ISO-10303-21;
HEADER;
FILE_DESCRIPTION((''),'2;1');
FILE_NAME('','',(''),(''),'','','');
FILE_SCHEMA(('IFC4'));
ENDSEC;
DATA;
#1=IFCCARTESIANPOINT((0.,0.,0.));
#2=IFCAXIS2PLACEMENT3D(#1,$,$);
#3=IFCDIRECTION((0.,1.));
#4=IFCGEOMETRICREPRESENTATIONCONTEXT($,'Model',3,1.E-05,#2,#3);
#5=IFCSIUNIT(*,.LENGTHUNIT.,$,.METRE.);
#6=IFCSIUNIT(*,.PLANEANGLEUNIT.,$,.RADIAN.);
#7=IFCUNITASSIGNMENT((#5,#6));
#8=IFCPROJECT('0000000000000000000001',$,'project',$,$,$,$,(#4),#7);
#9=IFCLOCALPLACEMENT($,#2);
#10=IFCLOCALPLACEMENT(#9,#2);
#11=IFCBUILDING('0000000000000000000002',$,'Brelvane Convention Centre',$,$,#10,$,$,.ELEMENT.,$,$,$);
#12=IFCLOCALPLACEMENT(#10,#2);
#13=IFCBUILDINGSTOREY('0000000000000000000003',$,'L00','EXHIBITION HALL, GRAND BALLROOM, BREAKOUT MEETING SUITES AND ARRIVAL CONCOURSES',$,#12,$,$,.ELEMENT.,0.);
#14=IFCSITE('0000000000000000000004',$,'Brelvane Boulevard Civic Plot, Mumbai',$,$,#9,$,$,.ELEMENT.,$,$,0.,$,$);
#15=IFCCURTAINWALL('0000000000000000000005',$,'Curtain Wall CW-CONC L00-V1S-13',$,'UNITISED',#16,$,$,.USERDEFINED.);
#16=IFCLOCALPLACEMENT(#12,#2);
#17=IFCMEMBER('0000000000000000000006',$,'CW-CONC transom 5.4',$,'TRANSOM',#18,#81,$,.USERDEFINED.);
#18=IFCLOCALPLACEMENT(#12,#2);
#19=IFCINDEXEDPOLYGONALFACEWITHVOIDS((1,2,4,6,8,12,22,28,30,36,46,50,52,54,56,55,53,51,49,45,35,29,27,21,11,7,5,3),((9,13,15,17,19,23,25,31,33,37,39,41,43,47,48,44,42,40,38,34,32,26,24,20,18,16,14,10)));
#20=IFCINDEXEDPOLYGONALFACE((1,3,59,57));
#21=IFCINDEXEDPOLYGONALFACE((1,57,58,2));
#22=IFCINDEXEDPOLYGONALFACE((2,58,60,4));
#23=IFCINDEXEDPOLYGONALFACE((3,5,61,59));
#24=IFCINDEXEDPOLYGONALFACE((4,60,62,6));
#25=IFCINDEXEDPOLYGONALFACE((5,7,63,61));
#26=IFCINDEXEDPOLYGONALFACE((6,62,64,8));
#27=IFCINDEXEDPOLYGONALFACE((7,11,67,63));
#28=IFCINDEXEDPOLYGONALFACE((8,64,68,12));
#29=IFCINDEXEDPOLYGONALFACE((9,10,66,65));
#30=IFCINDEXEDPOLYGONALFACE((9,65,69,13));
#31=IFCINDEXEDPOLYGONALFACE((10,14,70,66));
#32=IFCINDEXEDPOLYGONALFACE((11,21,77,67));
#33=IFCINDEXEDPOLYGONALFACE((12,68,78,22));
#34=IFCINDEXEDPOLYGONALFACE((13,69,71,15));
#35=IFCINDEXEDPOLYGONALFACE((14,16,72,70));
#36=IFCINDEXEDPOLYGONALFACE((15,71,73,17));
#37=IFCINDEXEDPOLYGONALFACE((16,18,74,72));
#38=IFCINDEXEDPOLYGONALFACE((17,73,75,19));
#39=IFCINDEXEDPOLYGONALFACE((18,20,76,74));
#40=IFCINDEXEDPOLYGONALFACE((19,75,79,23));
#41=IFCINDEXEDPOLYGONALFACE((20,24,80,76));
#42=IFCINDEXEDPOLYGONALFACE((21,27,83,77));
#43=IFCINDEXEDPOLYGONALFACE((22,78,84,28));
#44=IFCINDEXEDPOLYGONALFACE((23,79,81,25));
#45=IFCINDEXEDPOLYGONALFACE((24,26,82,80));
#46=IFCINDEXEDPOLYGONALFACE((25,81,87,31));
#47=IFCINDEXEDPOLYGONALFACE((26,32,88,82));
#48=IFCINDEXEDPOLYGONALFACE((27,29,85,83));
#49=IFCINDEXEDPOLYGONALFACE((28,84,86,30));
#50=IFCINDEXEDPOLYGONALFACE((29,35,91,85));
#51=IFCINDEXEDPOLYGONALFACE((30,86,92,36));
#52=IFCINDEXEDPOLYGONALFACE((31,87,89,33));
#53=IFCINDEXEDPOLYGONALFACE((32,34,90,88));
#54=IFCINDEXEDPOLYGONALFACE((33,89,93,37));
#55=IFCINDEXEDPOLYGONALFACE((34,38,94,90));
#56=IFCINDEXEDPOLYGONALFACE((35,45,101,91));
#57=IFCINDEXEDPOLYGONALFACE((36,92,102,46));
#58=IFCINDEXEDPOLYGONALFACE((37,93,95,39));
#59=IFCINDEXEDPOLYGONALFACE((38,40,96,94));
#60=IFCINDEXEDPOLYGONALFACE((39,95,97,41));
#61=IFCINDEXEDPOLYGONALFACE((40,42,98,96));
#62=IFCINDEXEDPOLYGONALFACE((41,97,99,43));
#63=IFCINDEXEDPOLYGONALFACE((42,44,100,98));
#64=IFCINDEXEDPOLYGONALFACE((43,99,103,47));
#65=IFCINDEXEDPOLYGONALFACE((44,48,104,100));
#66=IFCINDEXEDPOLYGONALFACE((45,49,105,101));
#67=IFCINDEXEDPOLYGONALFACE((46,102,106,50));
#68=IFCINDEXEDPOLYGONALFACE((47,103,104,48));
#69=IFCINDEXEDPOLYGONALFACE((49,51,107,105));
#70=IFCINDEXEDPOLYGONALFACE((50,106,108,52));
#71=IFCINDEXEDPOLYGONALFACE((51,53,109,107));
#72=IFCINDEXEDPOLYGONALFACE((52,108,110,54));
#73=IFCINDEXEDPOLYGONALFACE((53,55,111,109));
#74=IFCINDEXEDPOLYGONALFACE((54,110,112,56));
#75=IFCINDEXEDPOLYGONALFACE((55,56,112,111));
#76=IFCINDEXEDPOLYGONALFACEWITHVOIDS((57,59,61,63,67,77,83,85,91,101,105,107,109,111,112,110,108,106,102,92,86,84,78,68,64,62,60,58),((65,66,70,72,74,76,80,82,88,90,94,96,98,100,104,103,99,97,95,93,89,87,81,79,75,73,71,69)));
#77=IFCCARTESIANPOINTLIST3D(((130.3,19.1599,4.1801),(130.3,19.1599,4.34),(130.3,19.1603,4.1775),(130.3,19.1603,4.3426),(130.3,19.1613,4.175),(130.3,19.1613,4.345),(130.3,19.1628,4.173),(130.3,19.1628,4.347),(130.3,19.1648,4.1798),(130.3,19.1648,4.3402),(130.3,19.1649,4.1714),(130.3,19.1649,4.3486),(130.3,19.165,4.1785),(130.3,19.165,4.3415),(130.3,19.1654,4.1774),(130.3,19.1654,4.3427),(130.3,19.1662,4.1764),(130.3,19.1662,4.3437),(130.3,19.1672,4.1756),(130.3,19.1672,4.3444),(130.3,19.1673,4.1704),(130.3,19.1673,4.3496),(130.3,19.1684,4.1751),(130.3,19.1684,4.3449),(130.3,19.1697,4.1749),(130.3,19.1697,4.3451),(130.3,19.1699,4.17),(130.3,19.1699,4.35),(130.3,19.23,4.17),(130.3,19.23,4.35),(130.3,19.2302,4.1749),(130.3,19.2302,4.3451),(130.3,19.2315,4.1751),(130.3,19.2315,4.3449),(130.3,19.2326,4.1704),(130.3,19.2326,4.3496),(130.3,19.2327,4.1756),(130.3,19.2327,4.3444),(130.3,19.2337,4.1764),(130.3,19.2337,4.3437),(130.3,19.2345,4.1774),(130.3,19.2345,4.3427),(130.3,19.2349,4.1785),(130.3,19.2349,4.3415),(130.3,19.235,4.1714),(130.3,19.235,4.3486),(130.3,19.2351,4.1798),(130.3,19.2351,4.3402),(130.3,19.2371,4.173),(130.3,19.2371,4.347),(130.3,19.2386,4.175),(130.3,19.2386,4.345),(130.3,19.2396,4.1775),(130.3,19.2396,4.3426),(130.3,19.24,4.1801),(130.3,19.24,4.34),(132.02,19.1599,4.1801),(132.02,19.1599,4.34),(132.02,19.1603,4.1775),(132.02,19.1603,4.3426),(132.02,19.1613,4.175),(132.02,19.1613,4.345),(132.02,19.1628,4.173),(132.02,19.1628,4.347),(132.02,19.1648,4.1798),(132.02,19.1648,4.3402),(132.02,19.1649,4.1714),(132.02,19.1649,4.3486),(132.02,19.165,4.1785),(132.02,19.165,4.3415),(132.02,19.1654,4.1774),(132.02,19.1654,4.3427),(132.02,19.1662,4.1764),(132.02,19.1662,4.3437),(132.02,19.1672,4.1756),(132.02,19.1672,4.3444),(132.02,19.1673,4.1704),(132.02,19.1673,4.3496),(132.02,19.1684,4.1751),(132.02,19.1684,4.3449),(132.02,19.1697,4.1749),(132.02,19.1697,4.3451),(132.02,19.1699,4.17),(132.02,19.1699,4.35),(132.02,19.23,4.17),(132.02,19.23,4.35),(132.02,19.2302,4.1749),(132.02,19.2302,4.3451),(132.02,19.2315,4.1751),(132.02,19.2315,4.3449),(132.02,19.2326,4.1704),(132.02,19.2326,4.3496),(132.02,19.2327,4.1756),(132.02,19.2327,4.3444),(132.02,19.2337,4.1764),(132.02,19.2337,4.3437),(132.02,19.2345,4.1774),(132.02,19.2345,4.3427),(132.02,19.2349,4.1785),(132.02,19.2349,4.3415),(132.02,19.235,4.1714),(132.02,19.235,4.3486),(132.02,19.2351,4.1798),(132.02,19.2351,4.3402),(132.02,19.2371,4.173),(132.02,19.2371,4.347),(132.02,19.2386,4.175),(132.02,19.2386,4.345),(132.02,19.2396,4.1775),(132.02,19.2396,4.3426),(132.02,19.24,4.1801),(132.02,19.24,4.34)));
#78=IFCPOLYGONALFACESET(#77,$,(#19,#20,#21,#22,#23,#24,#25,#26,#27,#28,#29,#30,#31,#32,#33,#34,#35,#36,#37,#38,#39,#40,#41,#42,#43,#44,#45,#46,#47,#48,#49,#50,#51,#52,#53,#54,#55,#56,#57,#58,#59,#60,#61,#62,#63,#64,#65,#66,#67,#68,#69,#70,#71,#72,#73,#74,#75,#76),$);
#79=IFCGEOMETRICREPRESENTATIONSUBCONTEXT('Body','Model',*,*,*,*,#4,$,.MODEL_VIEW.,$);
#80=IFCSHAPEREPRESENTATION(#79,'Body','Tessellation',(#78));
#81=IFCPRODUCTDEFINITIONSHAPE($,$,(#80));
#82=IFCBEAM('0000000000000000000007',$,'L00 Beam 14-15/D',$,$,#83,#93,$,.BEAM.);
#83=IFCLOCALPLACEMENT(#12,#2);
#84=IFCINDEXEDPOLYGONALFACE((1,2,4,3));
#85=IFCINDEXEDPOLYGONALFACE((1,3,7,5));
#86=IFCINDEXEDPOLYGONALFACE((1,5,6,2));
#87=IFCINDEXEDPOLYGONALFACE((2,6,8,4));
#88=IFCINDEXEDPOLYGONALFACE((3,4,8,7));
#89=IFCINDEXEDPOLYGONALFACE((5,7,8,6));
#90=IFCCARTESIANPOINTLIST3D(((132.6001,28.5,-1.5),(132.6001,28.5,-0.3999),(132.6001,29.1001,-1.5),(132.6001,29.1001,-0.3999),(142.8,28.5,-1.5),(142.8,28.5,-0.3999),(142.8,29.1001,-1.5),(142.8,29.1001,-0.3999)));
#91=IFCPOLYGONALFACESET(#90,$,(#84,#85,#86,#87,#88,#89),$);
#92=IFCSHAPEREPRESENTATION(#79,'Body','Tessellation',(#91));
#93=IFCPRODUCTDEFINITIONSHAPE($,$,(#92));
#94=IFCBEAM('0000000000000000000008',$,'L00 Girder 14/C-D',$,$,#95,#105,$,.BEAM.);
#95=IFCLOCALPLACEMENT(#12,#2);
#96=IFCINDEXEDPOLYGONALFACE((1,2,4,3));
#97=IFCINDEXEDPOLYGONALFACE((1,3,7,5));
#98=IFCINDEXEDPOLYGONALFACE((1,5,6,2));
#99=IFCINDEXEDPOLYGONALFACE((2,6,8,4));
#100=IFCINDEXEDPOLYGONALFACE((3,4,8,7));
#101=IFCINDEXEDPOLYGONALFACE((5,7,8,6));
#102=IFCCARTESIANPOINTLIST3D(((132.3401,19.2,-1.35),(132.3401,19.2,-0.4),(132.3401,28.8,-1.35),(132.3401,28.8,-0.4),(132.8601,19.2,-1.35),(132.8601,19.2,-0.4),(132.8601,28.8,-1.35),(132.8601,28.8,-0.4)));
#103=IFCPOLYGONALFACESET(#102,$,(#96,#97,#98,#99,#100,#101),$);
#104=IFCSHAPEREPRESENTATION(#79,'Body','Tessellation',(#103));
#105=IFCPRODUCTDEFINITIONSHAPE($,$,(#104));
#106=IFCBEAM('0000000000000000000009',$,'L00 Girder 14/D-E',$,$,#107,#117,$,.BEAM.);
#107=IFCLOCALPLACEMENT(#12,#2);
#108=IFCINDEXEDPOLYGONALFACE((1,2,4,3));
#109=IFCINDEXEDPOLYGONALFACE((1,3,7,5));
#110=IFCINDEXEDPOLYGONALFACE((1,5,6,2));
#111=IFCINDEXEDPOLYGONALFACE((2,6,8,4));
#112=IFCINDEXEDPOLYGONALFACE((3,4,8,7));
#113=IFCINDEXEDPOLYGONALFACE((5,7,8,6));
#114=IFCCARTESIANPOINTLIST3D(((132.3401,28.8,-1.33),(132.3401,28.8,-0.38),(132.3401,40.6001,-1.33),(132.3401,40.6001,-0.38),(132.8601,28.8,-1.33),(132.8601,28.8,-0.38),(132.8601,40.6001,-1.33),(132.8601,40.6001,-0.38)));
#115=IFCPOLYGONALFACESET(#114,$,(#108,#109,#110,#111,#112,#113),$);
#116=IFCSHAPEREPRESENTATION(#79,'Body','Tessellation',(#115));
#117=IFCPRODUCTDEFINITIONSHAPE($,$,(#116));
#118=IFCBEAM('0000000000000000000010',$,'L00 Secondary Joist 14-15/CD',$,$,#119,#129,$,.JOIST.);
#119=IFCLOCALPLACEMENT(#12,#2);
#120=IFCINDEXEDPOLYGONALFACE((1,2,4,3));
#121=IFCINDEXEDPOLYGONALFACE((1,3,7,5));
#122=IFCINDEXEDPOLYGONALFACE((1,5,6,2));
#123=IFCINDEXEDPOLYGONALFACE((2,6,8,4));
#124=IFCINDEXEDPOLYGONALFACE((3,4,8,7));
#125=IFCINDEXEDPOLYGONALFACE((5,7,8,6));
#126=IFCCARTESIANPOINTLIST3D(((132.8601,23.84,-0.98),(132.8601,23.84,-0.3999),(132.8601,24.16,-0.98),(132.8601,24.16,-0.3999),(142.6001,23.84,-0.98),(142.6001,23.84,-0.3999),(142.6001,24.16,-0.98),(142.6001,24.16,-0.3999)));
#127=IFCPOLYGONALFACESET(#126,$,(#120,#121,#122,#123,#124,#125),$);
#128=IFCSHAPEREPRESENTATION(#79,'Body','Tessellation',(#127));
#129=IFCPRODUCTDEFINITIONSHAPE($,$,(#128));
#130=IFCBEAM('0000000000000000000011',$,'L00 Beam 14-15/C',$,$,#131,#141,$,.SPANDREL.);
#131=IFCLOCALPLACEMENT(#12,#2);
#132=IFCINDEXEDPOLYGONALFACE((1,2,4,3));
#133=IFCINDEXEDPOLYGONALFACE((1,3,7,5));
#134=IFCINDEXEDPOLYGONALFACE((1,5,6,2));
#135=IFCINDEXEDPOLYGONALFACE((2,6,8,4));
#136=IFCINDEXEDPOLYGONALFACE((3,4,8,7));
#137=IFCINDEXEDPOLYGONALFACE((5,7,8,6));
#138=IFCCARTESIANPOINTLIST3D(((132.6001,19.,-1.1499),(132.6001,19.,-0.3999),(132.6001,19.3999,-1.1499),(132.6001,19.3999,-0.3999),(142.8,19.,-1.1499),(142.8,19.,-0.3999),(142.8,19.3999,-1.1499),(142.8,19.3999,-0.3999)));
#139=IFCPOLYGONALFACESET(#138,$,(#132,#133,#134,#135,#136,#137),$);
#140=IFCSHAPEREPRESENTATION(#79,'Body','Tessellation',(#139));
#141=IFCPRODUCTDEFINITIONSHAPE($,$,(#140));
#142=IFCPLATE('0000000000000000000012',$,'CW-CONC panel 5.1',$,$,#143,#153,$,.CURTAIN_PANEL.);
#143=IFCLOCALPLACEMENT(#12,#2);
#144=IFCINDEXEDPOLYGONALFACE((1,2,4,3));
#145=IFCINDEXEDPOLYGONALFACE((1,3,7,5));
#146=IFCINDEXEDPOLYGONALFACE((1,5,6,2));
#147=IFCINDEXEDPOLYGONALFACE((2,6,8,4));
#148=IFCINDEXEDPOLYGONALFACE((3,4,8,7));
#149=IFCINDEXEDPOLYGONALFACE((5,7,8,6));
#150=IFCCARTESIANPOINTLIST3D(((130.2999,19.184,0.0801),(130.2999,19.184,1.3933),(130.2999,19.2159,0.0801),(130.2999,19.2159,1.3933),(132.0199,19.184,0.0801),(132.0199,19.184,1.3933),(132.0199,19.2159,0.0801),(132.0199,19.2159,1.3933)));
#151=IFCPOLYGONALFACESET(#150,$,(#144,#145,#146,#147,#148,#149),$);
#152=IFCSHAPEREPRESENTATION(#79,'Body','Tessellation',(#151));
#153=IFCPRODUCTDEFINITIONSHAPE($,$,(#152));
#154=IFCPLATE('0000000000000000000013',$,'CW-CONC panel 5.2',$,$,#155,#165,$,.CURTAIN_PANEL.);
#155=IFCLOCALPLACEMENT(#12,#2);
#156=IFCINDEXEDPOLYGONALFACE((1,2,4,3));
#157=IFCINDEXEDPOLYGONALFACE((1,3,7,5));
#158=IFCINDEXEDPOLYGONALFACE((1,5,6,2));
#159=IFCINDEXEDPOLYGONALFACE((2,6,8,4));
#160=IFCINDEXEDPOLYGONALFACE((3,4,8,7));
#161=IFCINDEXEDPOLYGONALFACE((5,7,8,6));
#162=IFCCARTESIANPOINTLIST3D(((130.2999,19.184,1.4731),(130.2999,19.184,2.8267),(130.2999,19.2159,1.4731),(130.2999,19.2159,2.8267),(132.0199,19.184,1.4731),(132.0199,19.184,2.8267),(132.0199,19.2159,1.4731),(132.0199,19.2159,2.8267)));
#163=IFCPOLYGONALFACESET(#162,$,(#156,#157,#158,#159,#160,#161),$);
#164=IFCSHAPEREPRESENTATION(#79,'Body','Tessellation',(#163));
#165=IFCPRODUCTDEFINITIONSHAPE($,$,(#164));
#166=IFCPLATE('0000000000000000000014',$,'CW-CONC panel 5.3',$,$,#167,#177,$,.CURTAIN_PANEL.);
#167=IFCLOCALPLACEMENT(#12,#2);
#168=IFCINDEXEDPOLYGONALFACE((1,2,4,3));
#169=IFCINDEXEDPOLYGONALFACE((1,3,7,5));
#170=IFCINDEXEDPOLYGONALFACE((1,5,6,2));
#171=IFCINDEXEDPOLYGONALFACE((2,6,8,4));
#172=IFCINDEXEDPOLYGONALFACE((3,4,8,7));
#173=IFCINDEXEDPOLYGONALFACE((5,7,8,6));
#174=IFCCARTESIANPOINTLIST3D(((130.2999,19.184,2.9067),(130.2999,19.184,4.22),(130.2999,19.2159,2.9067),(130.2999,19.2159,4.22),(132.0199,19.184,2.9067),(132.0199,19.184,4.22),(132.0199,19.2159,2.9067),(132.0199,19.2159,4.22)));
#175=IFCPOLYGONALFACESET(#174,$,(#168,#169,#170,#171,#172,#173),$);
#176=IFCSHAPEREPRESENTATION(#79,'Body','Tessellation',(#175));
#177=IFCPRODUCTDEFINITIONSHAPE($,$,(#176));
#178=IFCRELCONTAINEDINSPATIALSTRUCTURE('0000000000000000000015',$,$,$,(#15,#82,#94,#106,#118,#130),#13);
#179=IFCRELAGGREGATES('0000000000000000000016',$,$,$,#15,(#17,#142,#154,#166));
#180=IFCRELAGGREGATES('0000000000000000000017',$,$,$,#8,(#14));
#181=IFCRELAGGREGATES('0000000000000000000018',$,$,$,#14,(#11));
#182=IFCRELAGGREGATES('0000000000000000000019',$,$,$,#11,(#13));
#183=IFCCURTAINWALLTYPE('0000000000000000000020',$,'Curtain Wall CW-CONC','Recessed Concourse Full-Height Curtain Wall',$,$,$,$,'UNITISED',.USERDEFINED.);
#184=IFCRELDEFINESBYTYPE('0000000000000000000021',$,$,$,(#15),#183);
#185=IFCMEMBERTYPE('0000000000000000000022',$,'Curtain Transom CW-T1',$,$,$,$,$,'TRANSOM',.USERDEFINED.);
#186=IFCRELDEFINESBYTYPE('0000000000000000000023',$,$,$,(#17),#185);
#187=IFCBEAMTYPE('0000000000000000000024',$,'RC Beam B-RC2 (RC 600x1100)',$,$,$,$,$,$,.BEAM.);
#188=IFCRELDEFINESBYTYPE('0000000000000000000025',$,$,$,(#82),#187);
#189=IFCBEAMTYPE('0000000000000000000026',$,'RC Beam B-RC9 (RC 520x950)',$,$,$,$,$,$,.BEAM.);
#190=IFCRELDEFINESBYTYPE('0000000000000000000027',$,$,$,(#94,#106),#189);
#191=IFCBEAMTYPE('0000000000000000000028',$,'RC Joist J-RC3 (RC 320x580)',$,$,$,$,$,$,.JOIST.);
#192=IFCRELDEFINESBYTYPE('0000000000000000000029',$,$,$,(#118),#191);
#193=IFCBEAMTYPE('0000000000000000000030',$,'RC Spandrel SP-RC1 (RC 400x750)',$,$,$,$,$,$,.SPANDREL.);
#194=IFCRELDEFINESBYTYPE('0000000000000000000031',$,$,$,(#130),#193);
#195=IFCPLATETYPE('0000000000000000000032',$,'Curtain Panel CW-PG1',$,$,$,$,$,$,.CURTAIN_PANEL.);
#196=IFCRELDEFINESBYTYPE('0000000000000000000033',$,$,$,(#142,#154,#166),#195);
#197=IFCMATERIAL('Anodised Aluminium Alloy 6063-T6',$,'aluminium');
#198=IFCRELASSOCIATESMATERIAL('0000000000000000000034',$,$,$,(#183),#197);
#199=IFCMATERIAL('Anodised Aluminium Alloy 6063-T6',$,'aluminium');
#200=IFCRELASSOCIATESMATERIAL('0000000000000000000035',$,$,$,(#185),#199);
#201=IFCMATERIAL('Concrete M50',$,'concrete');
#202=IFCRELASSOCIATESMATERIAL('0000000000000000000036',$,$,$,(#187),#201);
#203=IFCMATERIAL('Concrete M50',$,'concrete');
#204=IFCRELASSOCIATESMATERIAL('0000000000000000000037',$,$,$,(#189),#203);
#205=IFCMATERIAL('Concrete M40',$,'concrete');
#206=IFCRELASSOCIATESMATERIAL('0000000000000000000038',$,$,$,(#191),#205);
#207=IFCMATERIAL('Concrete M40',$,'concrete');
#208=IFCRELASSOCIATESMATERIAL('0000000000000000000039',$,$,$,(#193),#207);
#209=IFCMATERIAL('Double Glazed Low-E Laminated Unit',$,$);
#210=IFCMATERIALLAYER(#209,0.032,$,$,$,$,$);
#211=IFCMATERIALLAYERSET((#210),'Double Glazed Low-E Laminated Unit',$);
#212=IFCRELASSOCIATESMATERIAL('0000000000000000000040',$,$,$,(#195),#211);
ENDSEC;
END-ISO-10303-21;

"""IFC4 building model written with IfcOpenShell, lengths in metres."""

from ifc_helpers import new_model, si_unit, direction, frame, origin, origin_2d, place, context, subcontext, project, spatial, rectangle, hollow_rectangle, extrude, material, layer, layer_set, material_profile, profile_set, type_object, element, aggregate, save


model = new_model("IFC4")

# Units and contexts
model_context = context("Model", 3, precision=1e-05, world=origin(), true_north=direction((0.0, 1.0)))
body_context = subcontext(model_context, "Body", "Model", "MODEL_VIEW")
ifc_project = project(units=[si_unit("LENGTHUNIT", "METRE"), si_unit("PLANEANGLEUNIT", "RADIAN")], contexts=[model_context])

# Site, building, storey
site_placement = place(None, origin())
site = spatial("IfcSite", under=ifc_project, at=site_placement, Name="Brelvane Boulevard Civic Plot, Mumbai", CompositionType="ELEMENT", RefElevation=0.0)
building_placement = place(site_placement, origin())
building = spatial("IfcBuilding", under=site, at=building_placement, Name="Brelvane Convention Centre", CompositionType="ELEMENT")
storey_placement = place(building_placement, origin())
storey = spatial("IfcBuildingStorey", under=building, at=storey_placement, Name="L00", Description="EXHIBITION HALL, GRAND BALLROOM, BREAKOUT MEETING SUITES AND ARRIVAL CONCOURSES", CompositionType="ELEMENT", Elevation=0.0)

# Curtain wall, member
ifc_material_1 = material(Name="Anodised Aluminium Alloy 6063-T6", Category="aluminium")
curtain_wall_type = type_object("IfcCurtainWallType", Name="Curtain Wall CW-CONC", Description="Recessed Concourse Full-Height Curtain Wall", ElementType="UNITISED", PredefinedType="USERDEFINED", material=ifc_material_1)
curtain_wall_placement = place(storey_placement, origin())
curtain_wall = element("IfcCurtainWall", 1, at=curtain_wall_placement, inside=storey, type_object=curtain_wall_type, Name="Curtain Wall CW-CONC L00-V1S-13", ObjectType="UNITISED", PredefinedType="USERDEFINED")
ifc_material_2 = material(Name="Anodised Aluminium Alloy 6063-T6", Category="aluminium")
ifc_material_profile_1 = material_profile(ifc_material_2, hollow_rectangle(XDim=0.0801, YDim=0.1799, WallThickness=0.0049, InnerFilletRadius=0.0049, OuterFilletRadius=0.01, at=origin_2d()), Name="ALU-T 180x80x5.0")
ifc_profile_set_1 = profile_set([ifc_material_profile_1], Name="Anodised Aluminium Alloy 6063-T6")
member_type_1 = type_object("IfcMemberType", Name="Curtain Transom CW-T1", ElementType="TRANSOM", PredefinedType="USERDEFINED", material=ifc_profile_set_1)
member_1_placement = place(storey_placement, frame((130.3, 19.2, 4.26), z_axis=(1.0, 0.0, 0.0), x_axis=(0.0, 1.0, 0.0)))
member_1 = element("IfcMember", 2, at=member_1_placement, type_object=member_type_1, Name="CW-CONC transom 5.4", ObjectType="TRANSOM", PredefinedType="USERDEFINED", context=body_context, shape_type="SweptSolid", body=[
    extrude(hollow_rectangle(XDim=0.0801, YDim=0.1799, WallThickness=0.0049, InnerFilletRadius=0.0049, OuterFilletRadius=0.01, at=origin_2d()), origin(), (0.0, 0.0, 1.0), 1.72),
])

# Beams
ifc_material_3 = material(Name="Concrete M50", Category="concrete")
ifc_material_profile_2 = material_profile(ifc_material_3, rectangle(XDim=0.6001, YDim=1.1001, at=origin_2d()), Name="RC 600x1100")
ifc_profile_set_2 = profile_set([ifc_material_profile_2], Name="Concrete M50")
beam_type_1 = type_object("IfcBeamType", Name="RC Beam B-RC2 (RC 600x1100)", PredefinedType="BEAM", material=ifc_profile_set_2)
beam_1_placement = place(storey_placement, frame((132.6001, 28.8, -0.95), z_axis=(1.0, 0.0, 0.0), x_axis=(0.0, 1.0, 0.0)))
element("IfcBeam", 3, at=beam_1_placement, inside=storey, type_object=beam_type_1, Name="L00 Beam 14-15/D", PredefinedType="BEAM", context=body_context, shape_type="SweptSolid", body=[
    extrude(rectangle(XDim=0.6001, YDim=1.1001, at=origin_2d()), origin(), (0.0, 0.0, 1.0), 10.2),
])
ifc_material_4 = material(Name="Concrete M50", Category="concrete")
ifc_material_profile_3 = material_profile(ifc_material_4, rectangle(XDim=0.52, YDim=0.95, at=origin_2d()), Name="RC 520x950")
ifc_profile_set_3 = profile_set([ifc_material_profile_3], Name="Concrete M50")
beam_type_2 = type_object("IfcBeamType", Name="RC Beam B-RC9 (RC 520x950)", PredefinedType="BEAM", material=ifc_profile_set_3)
beam_2_placement = place(storey_placement, frame((132.6001, 19.2, -0.875), z_axis=(0.0, 1.0, 0.0), x_axis=(-1.0, 0.0, 0.0)))
element("IfcBeam", 4, at=beam_2_placement, inside=storey, type_object=beam_type_2, Name="L00 Girder 14/C-D", PredefinedType="BEAM", context=body_context, shape_type="SweptSolid", body=[
    extrude(rectangle(XDim=0.52, YDim=0.95, at=origin_2d()), origin(), (0.0, 0.0, 1.0), 9.6001),
])
beam_3_placement = place(storey_placement, frame((132.6001, 28.8, -0.855), z_axis=(0.0, 1.0, 0.0), x_axis=(-1.0, 0.0, 0.0)))
element("IfcBeam", 5, at=beam_3_placement, inside=storey, type_object=beam_type_2, Name="L00 Girder 14/D-E", PredefinedType="BEAM", context=body_context, shape_type="SweptSolid", body=[
    extrude(rectangle(XDim=0.52, YDim=0.95, at=origin_2d()), origin(), (0.0, 0.0, 1.0), 11.8),
])
ifc_material_5 = material(Name="Concrete M40", Category="concrete")
ifc_material_profile_4 = material_profile(ifc_material_5, rectangle(XDim=0.3201, YDim=0.5801, at=origin_2d()), Name="RC 320x580")
ifc_profile_set_4 = profile_set([ifc_material_profile_4], Name="Concrete M40")
beam_type_3 = type_object("IfcBeamType", Name="RC Joist J-RC3 (RC 320x580)", PredefinedType="JOIST", material=ifc_profile_set_4)
beam_4_placement = place(storey_placement, frame((132.8601, 24.0, -0.6899), z_axis=(1.0, 0.0, 0.0), x_axis=(0.0, 1.0, 0.0)))
element("IfcBeam", 6, at=beam_4_placement, inside=storey, type_object=beam_type_3, Name="L00 Secondary Joist 14-15/CD", PredefinedType="JOIST", context=body_context, shape_type="SweptSolid", body=[
    extrude(rectangle(XDim=0.3201, YDim=0.5801, at=origin_2d()), origin(), (0.0, 0.0, 1.0), 9.74),
])
ifc_material_6 = material(Name="Concrete M40", Category="concrete")
ifc_material_profile_5 = material_profile(ifc_material_6, rectangle(XDim=0.3999, YDim=0.75, at=origin_2d()), Name="RC 400x750")
ifc_profile_set_5 = profile_set([ifc_material_profile_5], Name="Concrete M40")
beam_type_4 = type_object("IfcBeamType", Name="RC Spandrel SP-RC1 (RC 400x750)", PredefinedType="SPANDREL", material=ifc_profile_set_5)
beam_5_placement = place(storey_placement, frame((132.6001, 19.2, -0.7749), z_axis=(1.0, 0.0, 0.0), x_axis=(0.0, 1.0, 0.0)))
element("IfcBeam", 7, at=beam_5_placement, inside=storey, type_object=beam_type_4, Name="L00 Beam 14-15/C", PredefinedType="SPANDREL", context=body_context, shape_type="SweptSolid", body=[
    extrude(rectangle(XDim=0.3999, YDim=0.75, at=origin_2d()), origin(), (0.0, 0.0, 1.0), 10.2),
])

# Plates
ifc_material_7 = material(Name="Double Glazed Low-E Laminated Unit")
ifc_layer_1 = layer(ifc_material_7, 0.032)
ifc_layer_set_1 = layer_set([ifc_layer_1], Name="Double Glazed Low-E Laminated Unit")
plate_type = type_object("IfcPlateType", Name="Curtain Panel CW-PG1", PredefinedType="CURTAIN_PANEL", material=ifc_layer_set_1)
plate_1_placement = place(storey_placement, frame((131.1599, 19.2, 0.0801), z_axis=(0.0, 0.0, 1.0), x_axis=(1.0, 0.0, 0.0)))
plate_1 = element("IfcPlate", 8, at=plate_1_placement, type_object=plate_type, Name="CW-CONC panel 5.1", PredefinedType="CURTAIN_PANEL", context=body_context, shape_type="SweptSolid", body=[
    extrude(rectangle(XDim=1.72, YDim=0.032, at=origin_2d()), origin(), (0.0, 0.0, 1.0), 1.3132),
])
plate_2_placement = place(storey_placement, frame((131.1599, 19.2, 1.4731), z_axis=(0.0, 0.0, 1.0), x_axis=(1.0, 0.0, 0.0)))
plate_2 = element("IfcPlate", 9, at=plate_2_placement, type_object=plate_type, Name="CW-CONC panel 5.2", PredefinedType="CURTAIN_PANEL", context=body_context, shape_type="SweptSolid", body=[
    extrude(rectangle(XDim=1.72, YDim=0.032, at=origin_2d()), origin(), (0.0, 0.0, 1.0), 1.3535),
])
plate_3_placement = place(storey_placement, frame((131.1599, 19.2, 2.9067), z_axis=(0.0, 0.0, 1.0), x_axis=(1.0, 0.0, 0.0)))
plate_3 = element("IfcPlate", 10, at=plate_3_placement, type_object=plate_type, Name="CW-CONC panel 5.3", PredefinedType="CURTAIN_PANEL", context=body_context, shape_type="SweptSolid", body=[
    extrude(rectangle(XDim=1.72, YDim=0.032, at=origin_2d()), origin(), (0.0, 0.0, 1.0), 1.3132),
])
aggregate(curtain_wall, [member_1, plate_1, plate_2, plate_3])

save(model, "model.ifc")
